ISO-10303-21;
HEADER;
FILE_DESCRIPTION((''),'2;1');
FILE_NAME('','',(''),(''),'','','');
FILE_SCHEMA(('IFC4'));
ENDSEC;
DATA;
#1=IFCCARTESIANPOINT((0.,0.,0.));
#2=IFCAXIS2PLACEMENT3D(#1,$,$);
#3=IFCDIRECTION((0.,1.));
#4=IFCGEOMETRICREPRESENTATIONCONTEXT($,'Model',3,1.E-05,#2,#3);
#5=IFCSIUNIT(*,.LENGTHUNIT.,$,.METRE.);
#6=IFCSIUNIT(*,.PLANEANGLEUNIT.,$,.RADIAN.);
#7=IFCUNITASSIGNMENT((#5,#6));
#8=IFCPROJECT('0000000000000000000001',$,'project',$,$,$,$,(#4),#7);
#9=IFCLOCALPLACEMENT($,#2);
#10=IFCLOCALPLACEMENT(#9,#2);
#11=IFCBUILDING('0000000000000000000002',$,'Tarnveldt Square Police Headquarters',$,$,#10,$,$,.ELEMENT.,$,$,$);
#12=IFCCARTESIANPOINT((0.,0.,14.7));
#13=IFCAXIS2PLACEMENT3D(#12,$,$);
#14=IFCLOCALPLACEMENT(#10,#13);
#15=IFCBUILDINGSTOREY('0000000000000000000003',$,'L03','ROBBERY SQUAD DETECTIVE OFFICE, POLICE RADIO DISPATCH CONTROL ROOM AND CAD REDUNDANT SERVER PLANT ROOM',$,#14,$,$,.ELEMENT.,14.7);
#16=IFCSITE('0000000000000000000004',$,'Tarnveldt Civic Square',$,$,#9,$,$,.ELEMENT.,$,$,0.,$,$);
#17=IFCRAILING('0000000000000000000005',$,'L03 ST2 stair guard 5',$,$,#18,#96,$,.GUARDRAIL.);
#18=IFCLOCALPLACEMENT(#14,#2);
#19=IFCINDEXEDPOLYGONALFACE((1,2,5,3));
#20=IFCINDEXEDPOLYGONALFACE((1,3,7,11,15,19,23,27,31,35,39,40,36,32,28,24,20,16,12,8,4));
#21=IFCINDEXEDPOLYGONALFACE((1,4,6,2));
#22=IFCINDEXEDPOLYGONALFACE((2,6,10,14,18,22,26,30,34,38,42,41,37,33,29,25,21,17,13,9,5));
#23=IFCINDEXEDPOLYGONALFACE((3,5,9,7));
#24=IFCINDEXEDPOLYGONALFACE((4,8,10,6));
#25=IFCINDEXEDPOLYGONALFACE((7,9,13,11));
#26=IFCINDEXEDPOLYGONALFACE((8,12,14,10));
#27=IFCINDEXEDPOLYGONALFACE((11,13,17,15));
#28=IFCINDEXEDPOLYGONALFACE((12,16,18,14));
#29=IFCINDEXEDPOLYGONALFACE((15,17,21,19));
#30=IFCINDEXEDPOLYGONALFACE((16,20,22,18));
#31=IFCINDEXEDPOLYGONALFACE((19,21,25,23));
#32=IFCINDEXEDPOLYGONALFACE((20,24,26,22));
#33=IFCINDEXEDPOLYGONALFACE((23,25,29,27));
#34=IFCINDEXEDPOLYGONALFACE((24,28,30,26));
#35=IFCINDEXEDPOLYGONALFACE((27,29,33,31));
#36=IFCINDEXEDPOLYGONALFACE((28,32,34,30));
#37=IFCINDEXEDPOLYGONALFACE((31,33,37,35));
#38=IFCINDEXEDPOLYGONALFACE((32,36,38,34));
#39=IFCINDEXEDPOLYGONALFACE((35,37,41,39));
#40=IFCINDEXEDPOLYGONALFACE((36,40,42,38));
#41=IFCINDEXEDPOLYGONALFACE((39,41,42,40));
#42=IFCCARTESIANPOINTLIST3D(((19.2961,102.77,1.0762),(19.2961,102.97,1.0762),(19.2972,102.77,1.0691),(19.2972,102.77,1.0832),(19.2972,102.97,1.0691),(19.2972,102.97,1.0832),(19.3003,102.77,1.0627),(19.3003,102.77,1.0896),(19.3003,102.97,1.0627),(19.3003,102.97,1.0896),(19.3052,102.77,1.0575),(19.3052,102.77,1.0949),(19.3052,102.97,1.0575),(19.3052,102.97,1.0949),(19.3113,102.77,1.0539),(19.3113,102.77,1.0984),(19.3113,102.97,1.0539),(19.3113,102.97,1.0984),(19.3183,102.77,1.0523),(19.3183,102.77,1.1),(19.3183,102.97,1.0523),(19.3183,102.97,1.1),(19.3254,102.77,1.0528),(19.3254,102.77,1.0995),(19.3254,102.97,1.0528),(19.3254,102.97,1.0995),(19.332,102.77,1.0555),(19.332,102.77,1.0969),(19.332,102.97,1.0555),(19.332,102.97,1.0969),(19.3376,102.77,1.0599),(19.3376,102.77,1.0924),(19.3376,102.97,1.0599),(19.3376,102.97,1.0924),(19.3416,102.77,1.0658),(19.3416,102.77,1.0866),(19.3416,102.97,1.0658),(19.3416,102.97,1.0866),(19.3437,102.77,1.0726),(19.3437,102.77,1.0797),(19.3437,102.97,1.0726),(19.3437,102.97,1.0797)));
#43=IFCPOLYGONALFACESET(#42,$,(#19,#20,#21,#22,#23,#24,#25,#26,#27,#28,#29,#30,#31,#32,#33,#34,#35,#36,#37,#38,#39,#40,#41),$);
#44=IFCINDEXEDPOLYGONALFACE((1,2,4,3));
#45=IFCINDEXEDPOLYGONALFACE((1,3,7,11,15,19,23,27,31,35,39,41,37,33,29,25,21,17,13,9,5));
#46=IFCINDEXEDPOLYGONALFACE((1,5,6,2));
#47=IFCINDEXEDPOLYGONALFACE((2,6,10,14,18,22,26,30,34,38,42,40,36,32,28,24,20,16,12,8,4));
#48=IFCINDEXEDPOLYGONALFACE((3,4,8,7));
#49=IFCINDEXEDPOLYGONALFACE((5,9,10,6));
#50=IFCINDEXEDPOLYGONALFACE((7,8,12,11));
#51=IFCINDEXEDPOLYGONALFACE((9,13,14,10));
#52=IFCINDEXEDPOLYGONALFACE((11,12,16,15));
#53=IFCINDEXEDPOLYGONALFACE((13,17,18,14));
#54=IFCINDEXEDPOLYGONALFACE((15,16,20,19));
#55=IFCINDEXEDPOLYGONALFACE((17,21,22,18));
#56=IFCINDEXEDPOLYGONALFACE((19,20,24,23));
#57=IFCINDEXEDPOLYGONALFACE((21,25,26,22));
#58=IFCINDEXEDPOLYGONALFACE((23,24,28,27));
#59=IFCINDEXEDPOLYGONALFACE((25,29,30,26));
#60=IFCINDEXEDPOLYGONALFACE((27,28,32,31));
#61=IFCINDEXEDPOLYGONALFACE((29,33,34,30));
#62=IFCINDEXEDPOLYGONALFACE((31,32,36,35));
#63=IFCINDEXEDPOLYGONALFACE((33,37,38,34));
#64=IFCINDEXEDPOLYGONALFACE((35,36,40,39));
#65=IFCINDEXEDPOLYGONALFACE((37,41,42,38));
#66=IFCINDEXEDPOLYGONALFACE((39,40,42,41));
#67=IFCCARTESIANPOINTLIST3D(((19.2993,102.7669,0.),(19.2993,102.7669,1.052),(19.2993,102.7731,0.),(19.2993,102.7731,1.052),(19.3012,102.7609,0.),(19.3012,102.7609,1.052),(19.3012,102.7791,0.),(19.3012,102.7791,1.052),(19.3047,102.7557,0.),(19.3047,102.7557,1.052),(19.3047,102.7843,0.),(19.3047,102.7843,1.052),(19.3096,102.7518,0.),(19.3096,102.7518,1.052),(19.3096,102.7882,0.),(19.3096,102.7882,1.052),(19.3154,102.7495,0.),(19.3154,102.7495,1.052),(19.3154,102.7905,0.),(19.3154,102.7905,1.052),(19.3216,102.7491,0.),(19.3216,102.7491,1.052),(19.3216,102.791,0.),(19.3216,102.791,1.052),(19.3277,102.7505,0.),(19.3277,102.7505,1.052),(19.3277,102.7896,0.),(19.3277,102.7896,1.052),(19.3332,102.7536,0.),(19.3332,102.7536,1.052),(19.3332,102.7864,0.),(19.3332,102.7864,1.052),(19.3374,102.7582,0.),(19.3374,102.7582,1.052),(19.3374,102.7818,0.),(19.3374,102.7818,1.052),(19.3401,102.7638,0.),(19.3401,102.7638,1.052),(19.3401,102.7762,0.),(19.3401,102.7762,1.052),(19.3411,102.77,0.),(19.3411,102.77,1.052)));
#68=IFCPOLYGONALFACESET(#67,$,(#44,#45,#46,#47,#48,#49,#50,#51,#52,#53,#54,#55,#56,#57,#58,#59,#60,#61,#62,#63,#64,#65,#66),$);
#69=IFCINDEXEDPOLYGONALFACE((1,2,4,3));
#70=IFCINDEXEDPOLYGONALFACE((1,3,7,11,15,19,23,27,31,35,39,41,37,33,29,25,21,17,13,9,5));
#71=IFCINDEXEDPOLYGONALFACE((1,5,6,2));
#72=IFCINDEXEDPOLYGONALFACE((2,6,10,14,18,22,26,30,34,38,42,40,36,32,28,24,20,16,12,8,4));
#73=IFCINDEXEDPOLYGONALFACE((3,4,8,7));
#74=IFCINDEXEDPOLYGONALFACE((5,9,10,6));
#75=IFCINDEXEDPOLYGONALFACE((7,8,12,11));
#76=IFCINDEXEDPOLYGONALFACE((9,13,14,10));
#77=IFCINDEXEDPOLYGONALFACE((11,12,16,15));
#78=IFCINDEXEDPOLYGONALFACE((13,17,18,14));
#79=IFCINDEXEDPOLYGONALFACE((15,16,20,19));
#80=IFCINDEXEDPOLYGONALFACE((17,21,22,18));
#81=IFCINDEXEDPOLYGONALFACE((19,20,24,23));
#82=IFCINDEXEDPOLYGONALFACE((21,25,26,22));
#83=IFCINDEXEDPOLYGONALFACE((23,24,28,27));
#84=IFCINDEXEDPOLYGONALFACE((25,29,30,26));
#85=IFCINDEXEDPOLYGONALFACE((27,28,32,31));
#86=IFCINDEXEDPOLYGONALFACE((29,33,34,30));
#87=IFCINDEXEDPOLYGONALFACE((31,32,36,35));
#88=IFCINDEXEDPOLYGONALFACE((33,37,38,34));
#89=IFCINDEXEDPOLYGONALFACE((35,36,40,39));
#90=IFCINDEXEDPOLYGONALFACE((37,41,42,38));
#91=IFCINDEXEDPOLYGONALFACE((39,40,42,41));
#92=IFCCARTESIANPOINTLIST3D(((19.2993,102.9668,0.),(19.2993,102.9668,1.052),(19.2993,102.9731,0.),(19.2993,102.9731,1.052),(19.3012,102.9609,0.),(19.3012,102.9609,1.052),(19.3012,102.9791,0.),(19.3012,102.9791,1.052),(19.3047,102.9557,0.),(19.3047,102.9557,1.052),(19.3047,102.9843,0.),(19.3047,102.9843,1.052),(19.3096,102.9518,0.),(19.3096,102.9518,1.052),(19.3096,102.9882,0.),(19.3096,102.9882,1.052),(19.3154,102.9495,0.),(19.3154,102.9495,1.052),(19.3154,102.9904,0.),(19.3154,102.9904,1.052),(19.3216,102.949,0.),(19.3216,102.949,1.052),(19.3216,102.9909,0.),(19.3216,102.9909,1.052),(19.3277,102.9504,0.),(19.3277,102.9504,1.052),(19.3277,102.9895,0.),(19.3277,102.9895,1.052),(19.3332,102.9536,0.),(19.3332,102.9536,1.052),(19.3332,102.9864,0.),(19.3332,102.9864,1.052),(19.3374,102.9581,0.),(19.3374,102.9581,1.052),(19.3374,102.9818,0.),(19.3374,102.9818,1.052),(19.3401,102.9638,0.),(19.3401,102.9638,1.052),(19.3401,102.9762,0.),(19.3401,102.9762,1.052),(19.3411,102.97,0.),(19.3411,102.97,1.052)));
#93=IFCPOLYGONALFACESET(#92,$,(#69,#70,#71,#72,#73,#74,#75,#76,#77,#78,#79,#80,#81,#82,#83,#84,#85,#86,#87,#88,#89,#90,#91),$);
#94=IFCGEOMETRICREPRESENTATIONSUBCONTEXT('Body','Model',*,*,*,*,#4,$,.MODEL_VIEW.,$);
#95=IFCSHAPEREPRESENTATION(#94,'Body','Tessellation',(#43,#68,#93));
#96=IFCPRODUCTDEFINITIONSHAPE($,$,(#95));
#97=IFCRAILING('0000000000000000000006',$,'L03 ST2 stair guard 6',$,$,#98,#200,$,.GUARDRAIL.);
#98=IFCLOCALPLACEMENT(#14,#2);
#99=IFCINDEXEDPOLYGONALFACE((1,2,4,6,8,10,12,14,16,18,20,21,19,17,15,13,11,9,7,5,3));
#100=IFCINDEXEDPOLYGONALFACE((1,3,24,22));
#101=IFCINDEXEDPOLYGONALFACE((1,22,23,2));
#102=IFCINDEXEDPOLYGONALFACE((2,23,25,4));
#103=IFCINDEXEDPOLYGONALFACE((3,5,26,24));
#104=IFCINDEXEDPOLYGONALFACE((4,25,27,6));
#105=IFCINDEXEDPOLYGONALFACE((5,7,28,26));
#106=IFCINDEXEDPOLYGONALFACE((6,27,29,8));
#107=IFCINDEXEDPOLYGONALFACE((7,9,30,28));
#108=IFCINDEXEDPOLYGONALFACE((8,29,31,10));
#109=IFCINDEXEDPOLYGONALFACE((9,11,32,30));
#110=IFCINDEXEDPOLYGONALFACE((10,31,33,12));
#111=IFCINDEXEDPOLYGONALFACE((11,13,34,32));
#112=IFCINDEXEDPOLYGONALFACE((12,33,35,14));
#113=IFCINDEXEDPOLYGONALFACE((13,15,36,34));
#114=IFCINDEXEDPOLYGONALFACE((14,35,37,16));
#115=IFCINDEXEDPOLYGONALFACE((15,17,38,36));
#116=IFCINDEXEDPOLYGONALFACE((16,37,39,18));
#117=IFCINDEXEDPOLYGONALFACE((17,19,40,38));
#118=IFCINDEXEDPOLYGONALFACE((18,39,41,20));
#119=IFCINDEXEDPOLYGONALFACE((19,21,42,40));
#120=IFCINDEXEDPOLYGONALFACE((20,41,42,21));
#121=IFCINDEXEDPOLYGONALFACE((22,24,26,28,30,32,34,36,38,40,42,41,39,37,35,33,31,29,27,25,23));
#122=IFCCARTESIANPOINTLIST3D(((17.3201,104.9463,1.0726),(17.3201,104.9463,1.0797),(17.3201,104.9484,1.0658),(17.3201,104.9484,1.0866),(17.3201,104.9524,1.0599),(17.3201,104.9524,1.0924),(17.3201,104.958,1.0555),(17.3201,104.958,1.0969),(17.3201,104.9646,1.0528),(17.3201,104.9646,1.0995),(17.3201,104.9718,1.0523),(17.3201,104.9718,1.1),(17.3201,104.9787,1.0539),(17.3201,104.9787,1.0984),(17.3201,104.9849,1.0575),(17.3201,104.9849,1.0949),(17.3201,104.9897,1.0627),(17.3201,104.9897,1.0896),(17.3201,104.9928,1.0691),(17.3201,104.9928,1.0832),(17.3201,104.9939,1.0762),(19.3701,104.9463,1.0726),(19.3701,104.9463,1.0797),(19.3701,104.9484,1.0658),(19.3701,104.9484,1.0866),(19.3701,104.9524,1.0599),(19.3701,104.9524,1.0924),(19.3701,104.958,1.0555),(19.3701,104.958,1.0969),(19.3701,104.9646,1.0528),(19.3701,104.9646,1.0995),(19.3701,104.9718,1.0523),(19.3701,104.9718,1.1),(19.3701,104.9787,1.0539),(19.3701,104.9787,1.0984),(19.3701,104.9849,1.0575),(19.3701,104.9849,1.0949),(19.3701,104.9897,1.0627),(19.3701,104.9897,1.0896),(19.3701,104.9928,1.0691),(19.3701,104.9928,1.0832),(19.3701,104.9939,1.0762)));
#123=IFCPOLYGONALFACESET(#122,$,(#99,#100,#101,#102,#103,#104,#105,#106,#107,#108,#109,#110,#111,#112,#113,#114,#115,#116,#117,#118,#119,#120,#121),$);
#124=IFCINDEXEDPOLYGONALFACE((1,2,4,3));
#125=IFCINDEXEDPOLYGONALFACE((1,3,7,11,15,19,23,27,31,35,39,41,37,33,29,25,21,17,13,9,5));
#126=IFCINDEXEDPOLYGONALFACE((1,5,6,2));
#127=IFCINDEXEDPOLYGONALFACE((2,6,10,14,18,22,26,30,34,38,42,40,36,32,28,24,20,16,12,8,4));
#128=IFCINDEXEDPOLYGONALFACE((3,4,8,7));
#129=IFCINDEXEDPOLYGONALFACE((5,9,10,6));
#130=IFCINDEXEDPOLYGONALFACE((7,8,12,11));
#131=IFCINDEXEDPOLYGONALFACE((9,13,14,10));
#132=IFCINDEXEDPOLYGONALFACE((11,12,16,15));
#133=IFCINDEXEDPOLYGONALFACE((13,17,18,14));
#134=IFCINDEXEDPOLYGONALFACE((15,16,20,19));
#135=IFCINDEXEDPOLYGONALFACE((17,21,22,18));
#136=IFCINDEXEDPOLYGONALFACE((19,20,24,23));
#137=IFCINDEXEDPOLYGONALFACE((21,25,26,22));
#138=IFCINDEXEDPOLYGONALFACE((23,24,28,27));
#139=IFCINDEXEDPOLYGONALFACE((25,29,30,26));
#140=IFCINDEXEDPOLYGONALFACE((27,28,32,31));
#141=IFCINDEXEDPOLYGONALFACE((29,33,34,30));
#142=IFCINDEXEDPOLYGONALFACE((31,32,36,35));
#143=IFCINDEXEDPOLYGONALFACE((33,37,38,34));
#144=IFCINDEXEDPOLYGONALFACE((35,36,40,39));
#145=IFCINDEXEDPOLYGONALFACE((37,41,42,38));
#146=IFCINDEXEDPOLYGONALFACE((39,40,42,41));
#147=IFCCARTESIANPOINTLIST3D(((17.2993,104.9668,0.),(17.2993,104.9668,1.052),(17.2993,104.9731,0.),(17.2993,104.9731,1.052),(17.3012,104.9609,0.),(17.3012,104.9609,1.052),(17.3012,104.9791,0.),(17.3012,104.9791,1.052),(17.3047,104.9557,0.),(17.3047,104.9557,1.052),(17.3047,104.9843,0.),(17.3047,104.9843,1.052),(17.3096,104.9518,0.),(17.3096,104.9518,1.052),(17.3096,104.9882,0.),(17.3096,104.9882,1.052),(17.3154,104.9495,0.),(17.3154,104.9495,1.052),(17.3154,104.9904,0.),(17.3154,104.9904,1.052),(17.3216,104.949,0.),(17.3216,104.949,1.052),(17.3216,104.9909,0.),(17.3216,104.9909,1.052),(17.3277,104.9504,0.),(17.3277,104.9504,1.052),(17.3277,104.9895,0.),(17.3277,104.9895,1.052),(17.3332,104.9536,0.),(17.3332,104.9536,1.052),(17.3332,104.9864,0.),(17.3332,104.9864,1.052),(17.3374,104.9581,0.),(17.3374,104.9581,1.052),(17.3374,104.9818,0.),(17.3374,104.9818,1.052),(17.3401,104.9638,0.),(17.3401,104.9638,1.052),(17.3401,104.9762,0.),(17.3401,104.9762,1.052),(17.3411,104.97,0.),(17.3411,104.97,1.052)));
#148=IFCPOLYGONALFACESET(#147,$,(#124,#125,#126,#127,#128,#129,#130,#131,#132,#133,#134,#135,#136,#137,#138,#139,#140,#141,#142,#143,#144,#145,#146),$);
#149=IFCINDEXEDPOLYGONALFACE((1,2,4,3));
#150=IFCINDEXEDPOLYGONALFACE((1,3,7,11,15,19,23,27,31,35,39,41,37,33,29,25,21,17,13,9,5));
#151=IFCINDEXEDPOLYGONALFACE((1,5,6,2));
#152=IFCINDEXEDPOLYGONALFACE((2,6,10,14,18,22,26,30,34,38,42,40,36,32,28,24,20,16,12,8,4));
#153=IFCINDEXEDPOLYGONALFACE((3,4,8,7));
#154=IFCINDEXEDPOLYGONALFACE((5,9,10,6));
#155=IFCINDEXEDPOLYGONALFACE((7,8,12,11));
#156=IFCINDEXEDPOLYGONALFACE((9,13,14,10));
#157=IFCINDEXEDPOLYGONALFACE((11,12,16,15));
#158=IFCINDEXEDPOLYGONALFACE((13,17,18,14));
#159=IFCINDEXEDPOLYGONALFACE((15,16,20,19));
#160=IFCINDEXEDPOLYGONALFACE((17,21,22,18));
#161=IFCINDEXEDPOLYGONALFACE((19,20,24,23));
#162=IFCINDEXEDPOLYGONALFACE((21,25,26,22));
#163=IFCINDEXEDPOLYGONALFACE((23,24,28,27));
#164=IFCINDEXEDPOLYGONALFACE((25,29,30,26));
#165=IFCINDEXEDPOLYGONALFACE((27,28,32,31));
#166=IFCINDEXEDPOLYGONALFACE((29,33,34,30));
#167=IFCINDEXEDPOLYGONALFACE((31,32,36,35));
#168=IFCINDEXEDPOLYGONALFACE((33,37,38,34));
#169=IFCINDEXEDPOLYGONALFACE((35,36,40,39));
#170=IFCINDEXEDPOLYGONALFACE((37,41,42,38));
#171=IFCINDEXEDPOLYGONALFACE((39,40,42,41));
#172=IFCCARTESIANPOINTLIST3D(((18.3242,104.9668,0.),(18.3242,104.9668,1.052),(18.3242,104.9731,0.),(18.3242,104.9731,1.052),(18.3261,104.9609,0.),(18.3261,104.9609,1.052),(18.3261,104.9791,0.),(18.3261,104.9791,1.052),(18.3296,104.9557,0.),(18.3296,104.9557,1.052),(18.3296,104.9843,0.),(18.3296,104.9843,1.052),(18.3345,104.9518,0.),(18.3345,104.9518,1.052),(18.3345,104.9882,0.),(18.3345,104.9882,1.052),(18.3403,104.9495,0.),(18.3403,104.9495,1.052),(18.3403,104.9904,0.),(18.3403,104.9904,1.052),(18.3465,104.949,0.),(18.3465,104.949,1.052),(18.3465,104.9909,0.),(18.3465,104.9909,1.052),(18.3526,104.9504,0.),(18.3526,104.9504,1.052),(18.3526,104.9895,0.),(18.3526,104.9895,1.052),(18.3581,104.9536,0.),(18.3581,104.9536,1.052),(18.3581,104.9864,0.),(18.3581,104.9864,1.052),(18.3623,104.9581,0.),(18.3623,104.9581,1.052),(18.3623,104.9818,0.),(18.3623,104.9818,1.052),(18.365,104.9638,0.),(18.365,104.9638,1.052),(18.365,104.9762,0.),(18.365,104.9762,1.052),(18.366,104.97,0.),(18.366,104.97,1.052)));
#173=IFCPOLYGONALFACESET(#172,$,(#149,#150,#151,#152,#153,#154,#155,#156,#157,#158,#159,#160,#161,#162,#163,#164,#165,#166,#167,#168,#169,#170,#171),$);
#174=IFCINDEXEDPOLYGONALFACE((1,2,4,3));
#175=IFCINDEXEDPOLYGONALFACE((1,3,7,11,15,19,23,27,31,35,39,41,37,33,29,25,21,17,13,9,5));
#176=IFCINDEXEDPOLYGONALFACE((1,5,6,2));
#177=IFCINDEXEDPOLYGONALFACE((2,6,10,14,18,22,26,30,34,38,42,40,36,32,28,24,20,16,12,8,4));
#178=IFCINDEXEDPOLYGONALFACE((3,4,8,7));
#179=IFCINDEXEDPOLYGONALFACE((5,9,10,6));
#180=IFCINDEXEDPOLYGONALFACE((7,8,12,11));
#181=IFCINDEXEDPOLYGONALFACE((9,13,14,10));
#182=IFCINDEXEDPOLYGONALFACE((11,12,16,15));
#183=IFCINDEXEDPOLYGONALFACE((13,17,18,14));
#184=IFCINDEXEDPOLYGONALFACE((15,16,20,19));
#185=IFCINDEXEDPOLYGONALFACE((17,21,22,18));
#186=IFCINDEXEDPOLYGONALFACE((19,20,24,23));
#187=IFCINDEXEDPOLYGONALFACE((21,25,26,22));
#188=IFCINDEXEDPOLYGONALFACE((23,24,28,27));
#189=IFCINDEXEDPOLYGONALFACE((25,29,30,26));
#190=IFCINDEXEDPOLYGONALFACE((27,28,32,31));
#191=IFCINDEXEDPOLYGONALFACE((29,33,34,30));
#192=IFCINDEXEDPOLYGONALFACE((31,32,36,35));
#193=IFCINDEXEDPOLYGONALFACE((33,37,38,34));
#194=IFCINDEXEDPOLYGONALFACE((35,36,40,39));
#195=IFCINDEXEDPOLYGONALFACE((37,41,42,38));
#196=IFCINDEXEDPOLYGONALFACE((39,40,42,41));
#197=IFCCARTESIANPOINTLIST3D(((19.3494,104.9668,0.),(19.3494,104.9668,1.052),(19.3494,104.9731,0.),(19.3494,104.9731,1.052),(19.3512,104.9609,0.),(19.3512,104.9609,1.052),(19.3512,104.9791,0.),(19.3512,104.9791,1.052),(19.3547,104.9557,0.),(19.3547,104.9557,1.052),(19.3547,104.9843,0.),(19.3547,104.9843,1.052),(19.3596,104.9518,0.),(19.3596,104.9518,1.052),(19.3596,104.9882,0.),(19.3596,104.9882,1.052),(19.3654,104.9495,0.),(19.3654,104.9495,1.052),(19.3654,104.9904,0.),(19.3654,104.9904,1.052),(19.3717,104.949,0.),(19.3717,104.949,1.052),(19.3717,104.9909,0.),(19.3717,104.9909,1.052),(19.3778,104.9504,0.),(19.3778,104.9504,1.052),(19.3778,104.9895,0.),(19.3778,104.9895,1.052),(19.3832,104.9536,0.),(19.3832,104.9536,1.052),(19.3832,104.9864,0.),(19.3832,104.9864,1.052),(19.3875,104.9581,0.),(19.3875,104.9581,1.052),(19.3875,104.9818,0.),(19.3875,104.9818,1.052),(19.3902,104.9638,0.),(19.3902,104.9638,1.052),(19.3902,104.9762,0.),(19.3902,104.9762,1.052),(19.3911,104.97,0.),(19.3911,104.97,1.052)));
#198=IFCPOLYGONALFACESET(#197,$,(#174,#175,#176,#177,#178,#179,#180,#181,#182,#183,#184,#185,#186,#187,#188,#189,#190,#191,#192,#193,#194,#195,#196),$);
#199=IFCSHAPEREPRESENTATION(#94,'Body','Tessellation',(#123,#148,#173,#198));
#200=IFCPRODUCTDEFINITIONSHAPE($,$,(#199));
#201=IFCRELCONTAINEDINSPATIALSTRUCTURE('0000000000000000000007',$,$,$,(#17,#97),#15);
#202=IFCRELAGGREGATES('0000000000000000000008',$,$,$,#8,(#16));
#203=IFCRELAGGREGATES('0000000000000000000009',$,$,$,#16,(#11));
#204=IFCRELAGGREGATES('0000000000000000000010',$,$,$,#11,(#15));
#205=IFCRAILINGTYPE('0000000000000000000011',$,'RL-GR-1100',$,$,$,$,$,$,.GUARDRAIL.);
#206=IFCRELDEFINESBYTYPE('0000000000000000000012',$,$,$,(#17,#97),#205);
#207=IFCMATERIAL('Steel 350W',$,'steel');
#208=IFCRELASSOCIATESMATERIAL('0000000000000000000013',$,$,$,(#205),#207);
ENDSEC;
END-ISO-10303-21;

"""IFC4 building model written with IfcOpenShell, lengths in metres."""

from ifc_helpers import new_model, si_unit, direction, frame, origin, origin_2d, place, context, subcontext, project, spatial, circle, extrude, material, type_object, element, save


model = new_model("IFC4")

# Units and contexts
model_context = context("Model", 3, precision=1e-05, world=origin(), true_north=direction((0.0, 1.0)))
body_context = subcontext(model_context, "Body", "Model", "MODEL_VIEW")
ifc_project = project(units=[si_unit("LENGTHUNIT", "METRE"), si_unit("PLANEANGLEUNIT", "RADIAN")], contexts=[model_context])

# Site, building, storey
site_placement = place(None, origin())
site = spatial("IfcSite", under=ifc_project, at=site_placement, Name="Tarnveldt Civic Square", CompositionType="ELEMENT", RefElevation=0.0)
building_placement = place(site_placement, origin())
building = spatial("IfcBuilding", under=site, at=building_placement, Name="Tarnveldt Square Police Headquarters", CompositionType="ELEMENT")
storey_placement = place(building_placement, frame((0.0, 0.0, 14.7)))
storey = spatial("IfcBuildingStorey", under=building, at=storey_placement, Name="L03", Description="ROBBERY SQUAD DETECTIVE OFFICE, POLICE RADIO DISPATCH CONTROL ROOM AND CAD REDUNDANT SERVER PLANT ROOM", CompositionType="ELEMENT", Elevation=14.7)

# Shared definitions
ifc_material_1 = material(Name="Steel 350W", Category="steel")

# Railings
railing_type_1 = type_object("IfcRailingType", Name="RL-GR-1100", PredefinedType="GUARDRAIL", material=ifc_material_1)
railing_1_placement = place(storey_placement, frame((19.3201, 102.77, 0.0)))
element("IfcRailing", 1, at=railing_1_placement, inside=storey, type_object=railing_type_1, Name="L03 ST2 stair guard 5", PredefinedType="GUARDRAIL", context=body_context, shape_type="SweptSolid", body=[
    extrude(circle(Radius=0.0239, at=origin_2d()), frame((0.0, 0.0, 1.0762), z_axis=(0.0, 1.0, 0.0), x_axis=(-1.0, 0.0, 0.0)), (0.0, 0.0, 1.0), 0.2),
    extrude(circle(Radius=0.021, at=origin_2d()), origin(), (0.0, 0.0, 1.0), 1.052),
    extrude(circle(Radius=0.021, at=origin_2d()), frame((0.0, 0.2, 0.0)), (0.0, 0.0, 1.0), 1.052),
])
railing_2_placement = place(storey_placement, frame((17.3201, 104.97, 0.0)))
element("IfcRailing", 2, at=railing_2_placement, inside=storey, type_object=railing_type_1, Name="L03 ST2 stair guard 6", PredefinedType="GUARDRAIL", context=body_context, shape_type="SweptSolid", body=[
    extrude(circle(Radius=0.0239, at=origin_2d()), frame((0.0, 0.0, 1.0762), z_axis=(1.0, 0.0, 0.0), x_axis=(0.0, 1.0, 0.0)), (0.0, 0.0, 1.0), 2.05),
    extrude(circle(Radius=0.021, at=origin_2d()), origin(), (0.0, 0.0, 1.0), 1.052),
    extrude(circle(Radius=0.021, at=origin_2d()), frame((1.0249, 0.0, 0.0)), (0.0, 0.0, 1.0), 1.052),
    extrude(circle(Radius=0.021, at=origin_2d()), frame((2.05, 0.0, 0.0)), (0.0, 0.0, 1.0), 1.052),
])

save(model, "model.ifc")
